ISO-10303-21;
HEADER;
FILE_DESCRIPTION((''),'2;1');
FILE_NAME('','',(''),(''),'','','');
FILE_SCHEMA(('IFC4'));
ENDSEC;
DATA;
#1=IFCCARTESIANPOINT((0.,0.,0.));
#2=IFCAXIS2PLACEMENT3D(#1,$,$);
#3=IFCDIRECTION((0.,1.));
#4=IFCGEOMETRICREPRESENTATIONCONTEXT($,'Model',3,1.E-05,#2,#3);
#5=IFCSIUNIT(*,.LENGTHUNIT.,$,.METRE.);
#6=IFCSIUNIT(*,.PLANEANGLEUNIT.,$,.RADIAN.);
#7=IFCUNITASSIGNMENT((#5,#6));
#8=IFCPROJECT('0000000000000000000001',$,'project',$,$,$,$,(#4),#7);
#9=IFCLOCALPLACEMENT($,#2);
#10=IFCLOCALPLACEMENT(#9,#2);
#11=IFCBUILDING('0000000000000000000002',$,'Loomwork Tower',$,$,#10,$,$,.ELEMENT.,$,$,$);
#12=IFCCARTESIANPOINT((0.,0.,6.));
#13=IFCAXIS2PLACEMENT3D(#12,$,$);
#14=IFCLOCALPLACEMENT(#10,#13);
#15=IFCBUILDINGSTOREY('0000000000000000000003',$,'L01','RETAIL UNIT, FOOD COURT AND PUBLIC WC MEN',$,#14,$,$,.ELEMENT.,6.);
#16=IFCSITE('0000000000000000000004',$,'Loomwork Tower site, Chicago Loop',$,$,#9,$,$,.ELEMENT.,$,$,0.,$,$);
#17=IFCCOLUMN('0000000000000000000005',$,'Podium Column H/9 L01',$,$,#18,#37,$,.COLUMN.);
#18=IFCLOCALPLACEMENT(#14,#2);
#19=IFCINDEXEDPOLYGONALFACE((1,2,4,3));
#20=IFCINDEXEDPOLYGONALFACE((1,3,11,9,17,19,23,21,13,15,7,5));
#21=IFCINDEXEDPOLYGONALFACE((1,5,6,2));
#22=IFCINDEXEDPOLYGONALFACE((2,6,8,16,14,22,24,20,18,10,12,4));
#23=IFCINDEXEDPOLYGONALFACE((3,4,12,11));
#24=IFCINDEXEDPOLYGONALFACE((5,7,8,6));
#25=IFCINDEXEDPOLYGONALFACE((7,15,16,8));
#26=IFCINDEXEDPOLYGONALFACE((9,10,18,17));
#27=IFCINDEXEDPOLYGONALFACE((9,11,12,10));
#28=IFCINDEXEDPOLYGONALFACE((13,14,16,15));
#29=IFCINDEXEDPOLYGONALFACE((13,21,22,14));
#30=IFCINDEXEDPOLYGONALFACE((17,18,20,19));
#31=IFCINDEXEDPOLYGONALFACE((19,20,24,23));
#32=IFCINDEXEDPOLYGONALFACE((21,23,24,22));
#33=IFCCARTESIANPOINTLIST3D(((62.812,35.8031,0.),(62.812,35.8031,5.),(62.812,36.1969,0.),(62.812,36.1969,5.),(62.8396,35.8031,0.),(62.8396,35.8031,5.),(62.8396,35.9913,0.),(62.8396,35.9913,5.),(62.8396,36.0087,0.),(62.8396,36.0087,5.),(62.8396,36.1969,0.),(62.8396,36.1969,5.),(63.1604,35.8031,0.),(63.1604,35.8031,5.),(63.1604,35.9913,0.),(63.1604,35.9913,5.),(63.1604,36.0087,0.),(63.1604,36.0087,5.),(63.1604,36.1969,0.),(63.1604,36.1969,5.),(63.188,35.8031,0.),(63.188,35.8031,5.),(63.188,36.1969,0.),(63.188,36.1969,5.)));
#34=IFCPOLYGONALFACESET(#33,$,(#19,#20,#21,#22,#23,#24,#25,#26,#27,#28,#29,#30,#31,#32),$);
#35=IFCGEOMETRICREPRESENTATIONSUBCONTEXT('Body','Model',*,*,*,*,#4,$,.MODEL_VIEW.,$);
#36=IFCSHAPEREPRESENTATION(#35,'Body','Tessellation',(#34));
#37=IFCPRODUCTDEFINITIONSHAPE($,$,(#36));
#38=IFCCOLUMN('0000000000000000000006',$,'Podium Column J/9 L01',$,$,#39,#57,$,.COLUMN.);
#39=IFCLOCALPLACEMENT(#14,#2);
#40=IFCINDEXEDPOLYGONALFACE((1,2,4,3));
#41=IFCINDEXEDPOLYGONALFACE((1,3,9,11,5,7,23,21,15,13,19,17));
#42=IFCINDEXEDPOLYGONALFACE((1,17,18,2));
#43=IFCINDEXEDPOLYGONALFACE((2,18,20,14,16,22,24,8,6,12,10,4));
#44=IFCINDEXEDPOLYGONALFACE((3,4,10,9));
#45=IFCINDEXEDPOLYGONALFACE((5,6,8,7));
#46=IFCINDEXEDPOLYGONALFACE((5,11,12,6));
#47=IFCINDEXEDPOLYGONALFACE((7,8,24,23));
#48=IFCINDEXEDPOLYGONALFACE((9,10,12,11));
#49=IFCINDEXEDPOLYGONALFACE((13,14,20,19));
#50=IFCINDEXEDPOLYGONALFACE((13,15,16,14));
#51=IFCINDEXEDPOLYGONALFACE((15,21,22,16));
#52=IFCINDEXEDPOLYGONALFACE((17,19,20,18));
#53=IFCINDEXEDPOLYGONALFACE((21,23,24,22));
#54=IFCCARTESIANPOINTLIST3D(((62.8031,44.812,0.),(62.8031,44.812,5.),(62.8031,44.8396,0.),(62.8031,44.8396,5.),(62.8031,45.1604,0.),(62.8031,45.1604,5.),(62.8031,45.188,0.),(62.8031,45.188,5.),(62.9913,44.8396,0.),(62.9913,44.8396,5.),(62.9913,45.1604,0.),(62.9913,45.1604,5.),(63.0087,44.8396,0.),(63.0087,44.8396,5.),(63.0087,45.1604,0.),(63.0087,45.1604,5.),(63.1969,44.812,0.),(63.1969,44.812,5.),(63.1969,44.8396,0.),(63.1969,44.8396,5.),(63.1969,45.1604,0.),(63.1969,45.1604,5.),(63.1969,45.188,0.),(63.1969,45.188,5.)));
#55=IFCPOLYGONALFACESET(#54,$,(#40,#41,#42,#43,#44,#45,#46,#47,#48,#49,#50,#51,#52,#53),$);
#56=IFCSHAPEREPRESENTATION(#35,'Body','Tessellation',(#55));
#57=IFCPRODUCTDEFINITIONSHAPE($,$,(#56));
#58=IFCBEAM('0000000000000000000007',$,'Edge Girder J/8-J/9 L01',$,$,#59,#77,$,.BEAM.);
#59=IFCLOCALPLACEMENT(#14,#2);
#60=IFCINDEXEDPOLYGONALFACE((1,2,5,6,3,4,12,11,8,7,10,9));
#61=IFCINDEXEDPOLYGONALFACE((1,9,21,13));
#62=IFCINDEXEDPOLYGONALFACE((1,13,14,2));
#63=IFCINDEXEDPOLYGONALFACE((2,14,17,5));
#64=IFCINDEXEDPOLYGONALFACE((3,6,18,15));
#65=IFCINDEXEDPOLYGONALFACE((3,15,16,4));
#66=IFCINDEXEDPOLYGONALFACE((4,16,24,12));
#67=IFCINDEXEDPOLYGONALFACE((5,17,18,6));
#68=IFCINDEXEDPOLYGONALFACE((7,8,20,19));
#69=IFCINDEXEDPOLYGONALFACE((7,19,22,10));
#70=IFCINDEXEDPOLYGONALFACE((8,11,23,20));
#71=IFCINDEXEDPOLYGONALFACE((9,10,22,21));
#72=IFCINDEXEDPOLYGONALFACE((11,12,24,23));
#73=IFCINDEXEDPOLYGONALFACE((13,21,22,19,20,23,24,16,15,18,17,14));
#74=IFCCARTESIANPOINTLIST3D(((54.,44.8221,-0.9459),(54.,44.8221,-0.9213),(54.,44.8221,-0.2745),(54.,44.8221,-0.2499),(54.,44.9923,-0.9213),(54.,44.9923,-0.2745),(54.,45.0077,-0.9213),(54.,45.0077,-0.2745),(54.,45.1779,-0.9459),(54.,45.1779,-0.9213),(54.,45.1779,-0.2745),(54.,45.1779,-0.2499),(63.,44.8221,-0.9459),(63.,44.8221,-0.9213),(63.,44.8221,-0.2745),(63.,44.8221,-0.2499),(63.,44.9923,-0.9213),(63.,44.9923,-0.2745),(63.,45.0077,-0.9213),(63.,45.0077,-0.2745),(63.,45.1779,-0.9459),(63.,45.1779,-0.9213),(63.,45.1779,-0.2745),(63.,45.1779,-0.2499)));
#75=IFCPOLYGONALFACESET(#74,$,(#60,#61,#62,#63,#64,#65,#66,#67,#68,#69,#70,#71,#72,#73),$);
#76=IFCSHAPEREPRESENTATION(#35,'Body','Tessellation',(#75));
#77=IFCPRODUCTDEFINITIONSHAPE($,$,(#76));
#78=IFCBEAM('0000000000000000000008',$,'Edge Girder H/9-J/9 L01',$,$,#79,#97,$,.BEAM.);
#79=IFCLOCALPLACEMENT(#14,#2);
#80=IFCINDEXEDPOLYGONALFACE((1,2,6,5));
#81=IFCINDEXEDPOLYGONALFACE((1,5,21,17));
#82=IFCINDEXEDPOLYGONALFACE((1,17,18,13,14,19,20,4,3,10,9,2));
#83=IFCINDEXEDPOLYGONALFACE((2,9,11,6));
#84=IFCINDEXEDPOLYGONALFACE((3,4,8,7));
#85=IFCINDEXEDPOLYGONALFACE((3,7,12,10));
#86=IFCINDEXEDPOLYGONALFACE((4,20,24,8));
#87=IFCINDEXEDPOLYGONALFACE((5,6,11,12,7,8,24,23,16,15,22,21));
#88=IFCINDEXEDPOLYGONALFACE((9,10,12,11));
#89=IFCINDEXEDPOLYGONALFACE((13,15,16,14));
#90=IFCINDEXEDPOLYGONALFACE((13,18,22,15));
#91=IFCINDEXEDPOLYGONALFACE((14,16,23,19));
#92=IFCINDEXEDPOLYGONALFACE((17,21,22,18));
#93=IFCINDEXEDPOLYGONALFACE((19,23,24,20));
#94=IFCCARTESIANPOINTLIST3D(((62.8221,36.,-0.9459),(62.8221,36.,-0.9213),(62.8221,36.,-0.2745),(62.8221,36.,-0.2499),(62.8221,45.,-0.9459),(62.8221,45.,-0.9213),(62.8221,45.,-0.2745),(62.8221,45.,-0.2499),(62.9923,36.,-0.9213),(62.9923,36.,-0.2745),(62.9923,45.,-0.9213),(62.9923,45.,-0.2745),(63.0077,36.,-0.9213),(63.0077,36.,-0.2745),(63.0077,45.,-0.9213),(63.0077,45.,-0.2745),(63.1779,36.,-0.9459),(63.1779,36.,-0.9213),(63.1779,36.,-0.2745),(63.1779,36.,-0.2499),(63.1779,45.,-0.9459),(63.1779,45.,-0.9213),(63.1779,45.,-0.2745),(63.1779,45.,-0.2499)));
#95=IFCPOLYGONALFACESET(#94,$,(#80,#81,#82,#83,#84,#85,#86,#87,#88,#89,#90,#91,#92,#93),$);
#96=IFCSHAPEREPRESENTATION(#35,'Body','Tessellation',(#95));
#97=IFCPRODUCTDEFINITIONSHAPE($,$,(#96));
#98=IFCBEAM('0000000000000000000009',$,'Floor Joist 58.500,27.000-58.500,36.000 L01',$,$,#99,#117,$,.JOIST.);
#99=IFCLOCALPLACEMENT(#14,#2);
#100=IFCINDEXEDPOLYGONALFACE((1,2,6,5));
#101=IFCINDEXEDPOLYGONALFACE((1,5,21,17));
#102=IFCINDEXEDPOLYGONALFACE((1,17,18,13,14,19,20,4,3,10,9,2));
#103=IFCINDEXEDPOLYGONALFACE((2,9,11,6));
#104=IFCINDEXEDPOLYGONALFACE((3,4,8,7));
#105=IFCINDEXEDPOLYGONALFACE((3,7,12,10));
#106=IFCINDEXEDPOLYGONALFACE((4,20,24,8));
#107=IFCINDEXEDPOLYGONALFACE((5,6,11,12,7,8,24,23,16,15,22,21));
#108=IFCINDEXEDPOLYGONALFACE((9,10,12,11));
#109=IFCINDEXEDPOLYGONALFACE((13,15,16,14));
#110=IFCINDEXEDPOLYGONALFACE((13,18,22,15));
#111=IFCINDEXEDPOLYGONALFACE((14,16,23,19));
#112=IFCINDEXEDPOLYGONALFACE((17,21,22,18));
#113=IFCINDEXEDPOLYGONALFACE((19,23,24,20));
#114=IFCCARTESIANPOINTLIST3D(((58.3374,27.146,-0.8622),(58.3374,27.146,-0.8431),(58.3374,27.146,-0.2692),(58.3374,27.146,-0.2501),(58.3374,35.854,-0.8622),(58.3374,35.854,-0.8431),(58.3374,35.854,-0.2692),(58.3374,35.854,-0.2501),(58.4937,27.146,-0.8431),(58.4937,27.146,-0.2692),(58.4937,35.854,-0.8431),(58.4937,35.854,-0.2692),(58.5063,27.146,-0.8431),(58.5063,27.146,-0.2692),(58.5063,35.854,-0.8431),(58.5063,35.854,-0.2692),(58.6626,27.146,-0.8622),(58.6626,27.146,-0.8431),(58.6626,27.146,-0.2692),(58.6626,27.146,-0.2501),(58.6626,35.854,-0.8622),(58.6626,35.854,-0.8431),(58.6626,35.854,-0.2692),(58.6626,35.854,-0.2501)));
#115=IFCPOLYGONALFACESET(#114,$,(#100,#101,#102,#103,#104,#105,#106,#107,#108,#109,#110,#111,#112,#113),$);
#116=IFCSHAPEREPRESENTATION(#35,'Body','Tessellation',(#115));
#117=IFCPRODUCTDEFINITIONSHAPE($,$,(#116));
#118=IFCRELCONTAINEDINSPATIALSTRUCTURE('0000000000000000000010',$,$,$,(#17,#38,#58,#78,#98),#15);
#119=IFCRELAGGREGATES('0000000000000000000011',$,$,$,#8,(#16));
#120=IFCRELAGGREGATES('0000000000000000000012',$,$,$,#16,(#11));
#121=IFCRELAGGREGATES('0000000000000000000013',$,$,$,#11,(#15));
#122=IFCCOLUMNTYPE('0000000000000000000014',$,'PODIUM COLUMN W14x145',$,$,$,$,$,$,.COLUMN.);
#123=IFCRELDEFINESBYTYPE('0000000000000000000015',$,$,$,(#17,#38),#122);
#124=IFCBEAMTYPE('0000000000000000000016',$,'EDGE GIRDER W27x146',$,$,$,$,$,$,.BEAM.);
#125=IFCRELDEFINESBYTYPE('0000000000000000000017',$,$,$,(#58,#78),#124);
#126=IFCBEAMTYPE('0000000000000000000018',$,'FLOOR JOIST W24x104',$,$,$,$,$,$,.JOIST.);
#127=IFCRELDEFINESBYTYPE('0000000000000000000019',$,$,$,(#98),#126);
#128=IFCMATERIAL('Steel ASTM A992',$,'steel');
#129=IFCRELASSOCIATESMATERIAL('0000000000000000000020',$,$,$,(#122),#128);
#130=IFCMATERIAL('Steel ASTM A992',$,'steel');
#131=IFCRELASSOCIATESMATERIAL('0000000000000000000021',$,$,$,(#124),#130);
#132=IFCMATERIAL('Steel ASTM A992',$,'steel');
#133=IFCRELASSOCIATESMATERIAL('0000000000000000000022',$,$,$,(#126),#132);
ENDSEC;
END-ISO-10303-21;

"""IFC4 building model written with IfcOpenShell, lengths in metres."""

from ifc_helpers import new_model, si_unit, direction, frame, origin, origin_2d, place, context, subcontext, project, spatial, i_section, extrude, material, material_profile, profile_set, type_object, element, save


model = new_model("IFC4")

# Units and contexts
model_context = context("Model", 3, precision=1e-05, world=origin(), true_north=direction((0.0, 1.0)))
body_context = subcontext(model_context, "Body", "Model", "MODEL_VIEW")
ifc_project = project(units=[si_unit("LENGTHUNIT", "METRE"), si_unit("PLANEANGLEUNIT", "RADIAN")], contexts=[model_context])

# Site, building, storey
site_placement = place(None, origin())
site = spatial("IfcSite", under=ifc_project, at=site_placement, Name="Loomwork Tower site, Chicago Loop", CompositionType="ELEMENT", RefElevation=0.0)
building_placement = place(site_placement, origin())
building = spatial("IfcBuilding", under=site, at=building_placement, Name="Loomwork Tower", CompositionType="ELEMENT")
storey_placement = place(building_placement, frame((0.0, 0.0, 6.0)))
storey = spatial("IfcBuildingStorey", under=building, at=storey_placement, Name="L01", Description="RETAIL UNIT, FOOD COURT AND PUBLIC WC MEN", CompositionType="ELEMENT", Elevation=6.0)

# Columns
ifc_material_1 = material(Name="Steel ASTM A992", Category="steel")
ifc_material_profile_1 = material_profile(ifc_material_1, i_section(OverallWidth=0.3938, OverallDepth=0.376, WebThickness=0.0173, FlangeThickness=0.0276, at=origin_2d()), Name="W14x145")
ifc_profile_set_1 = profile_set([ifc_material_profile_1], Name="Steel ASTM A992")
column_type = type_object("IfcColumnType", Name="PODIUM COLUMN W14x145", PredefinedType="COLUMN", material=ifc_profile_set_1)
for number, where, z_axis, x_axis, name in (
    (1, (63.0, 36.0, 0.0), (0.0, 0.0, 1.0), (0.0, 1.0, 0.0), "Podium Column H/9 L01"),
    (2, (63.0, 45.0, 0.0), (0.0, 0.0, 1.0), (1.0, 0.0, 0.0), "Podium Column J/9 L01"),
):
    element("IfcColumn", number, at=place(storey_placement, frame(where, z_axis=z_axis, x_axis=x_axis)), inside=storey, type_object=column_type, Name=name, PredefinedType="COLUMN", context=body_context, shape_type="SweptSolid", body=[
        extrude(i_section(OverallWidth=0.3938, OverallDepth=0.376, WebThickness=0.0173, FlangeThickness=0.0276, at=origin_2d()), origin(), (0.0, 0.0, 1.0), 5.0),
    ])

# Beams
ifc_material_2 = material(Name="Steel ASTM A992", Category="steel")
ifc_material_profile_2 = material_profile(ifc_material_2, i_section(OverallWidth=0.3557, OverallDepth=0.696, WebThickness=0.0154, FlangeThickness=0.0247, at=origin_2d()), Name="W27x146")
ifc_profile_set_2 = profile_set([ifc_material_profile_2], Name="Steel ASTM A992")
beam_type_1 = type_object("IfcBeamType", Name="EDGE GIRDER W27x146", PredefinedType="BEAM", material=ifc_profile_set_2)
for number, where, z_axis, x_axis, name in (
    (3, (54.0, 45.0, -0.5979), (1.0, 0.0, 0.0), (0.0, 1.0, 0.0), "Edge Girder J/8-J/9 L01"),
    (4, (63.0, 36.0, -0.5979), (0.0, 1.0, 0.0), (-1.0, 0.0, 0.0), "Edge Girder H/9-J/9 L01"),
):
    element("IfcBeam", number, at=place(storey_placement, frame(where, z_axis=z_axis, x_axis=x_axis)), inside=storey, type_object=beam_type_1, Name=name, PredefinedType="BEAM", context=body_context, shape_type="SweptSolid", body=[
        extrude(i_section(OverallWidth=0.3557, OverallDepth=0.696, WebThickness=0.0154, FlangeThickness=0.0247, at=origin_2d()), origin(), (0.0, 0.0, 1.0), 9.0),
    ])
ifc_material_3 = material(Name="Steel ASTM A992", Category="steel")
ifc_material_profile_3 = material_profile(ifc_material_3, i_section(OverallWidth=0.3252, OverallDepth=0.6121, WebThickness=0.0127, FlangeThickness=0.019, at=origin_2d()), Name="W24x104")
ifc_profile_set_3 = profile_set([ifc_material_profile_3], Name="Steel ASTM A992")
beam_type_2 = type_object("IfcBeamType", Name="FLOOR JOIST W24x104", PredefinedType="JOIST", material=ifc_profile_set_3)
beam_placement = place(storey_placement, frame((58.5, 27.146, -0.5562), z_axis=(0.0, 1.0, 0.0), x_axis=(-1.0, 0.0, 0.0)))
element("IfcBeam", 5, at=beam_placement, inside=storey, type_object=beam_type_2, Name="Floor Joist 58.500,27.000-58.500,36.000 L01", PredefinedType="JOIST", context=body_context, shape_type="SweptSolid", body=[
    extrude(i_section(OverallWidth=0.3252, OverallDepth=0.6121, WebThickness=0.0127, FlangeThickness=0.019, at=origin_2d()), origin(), (0.0, 0.0, 1.0), 8.708),
])

save(model, "model.ifc")
